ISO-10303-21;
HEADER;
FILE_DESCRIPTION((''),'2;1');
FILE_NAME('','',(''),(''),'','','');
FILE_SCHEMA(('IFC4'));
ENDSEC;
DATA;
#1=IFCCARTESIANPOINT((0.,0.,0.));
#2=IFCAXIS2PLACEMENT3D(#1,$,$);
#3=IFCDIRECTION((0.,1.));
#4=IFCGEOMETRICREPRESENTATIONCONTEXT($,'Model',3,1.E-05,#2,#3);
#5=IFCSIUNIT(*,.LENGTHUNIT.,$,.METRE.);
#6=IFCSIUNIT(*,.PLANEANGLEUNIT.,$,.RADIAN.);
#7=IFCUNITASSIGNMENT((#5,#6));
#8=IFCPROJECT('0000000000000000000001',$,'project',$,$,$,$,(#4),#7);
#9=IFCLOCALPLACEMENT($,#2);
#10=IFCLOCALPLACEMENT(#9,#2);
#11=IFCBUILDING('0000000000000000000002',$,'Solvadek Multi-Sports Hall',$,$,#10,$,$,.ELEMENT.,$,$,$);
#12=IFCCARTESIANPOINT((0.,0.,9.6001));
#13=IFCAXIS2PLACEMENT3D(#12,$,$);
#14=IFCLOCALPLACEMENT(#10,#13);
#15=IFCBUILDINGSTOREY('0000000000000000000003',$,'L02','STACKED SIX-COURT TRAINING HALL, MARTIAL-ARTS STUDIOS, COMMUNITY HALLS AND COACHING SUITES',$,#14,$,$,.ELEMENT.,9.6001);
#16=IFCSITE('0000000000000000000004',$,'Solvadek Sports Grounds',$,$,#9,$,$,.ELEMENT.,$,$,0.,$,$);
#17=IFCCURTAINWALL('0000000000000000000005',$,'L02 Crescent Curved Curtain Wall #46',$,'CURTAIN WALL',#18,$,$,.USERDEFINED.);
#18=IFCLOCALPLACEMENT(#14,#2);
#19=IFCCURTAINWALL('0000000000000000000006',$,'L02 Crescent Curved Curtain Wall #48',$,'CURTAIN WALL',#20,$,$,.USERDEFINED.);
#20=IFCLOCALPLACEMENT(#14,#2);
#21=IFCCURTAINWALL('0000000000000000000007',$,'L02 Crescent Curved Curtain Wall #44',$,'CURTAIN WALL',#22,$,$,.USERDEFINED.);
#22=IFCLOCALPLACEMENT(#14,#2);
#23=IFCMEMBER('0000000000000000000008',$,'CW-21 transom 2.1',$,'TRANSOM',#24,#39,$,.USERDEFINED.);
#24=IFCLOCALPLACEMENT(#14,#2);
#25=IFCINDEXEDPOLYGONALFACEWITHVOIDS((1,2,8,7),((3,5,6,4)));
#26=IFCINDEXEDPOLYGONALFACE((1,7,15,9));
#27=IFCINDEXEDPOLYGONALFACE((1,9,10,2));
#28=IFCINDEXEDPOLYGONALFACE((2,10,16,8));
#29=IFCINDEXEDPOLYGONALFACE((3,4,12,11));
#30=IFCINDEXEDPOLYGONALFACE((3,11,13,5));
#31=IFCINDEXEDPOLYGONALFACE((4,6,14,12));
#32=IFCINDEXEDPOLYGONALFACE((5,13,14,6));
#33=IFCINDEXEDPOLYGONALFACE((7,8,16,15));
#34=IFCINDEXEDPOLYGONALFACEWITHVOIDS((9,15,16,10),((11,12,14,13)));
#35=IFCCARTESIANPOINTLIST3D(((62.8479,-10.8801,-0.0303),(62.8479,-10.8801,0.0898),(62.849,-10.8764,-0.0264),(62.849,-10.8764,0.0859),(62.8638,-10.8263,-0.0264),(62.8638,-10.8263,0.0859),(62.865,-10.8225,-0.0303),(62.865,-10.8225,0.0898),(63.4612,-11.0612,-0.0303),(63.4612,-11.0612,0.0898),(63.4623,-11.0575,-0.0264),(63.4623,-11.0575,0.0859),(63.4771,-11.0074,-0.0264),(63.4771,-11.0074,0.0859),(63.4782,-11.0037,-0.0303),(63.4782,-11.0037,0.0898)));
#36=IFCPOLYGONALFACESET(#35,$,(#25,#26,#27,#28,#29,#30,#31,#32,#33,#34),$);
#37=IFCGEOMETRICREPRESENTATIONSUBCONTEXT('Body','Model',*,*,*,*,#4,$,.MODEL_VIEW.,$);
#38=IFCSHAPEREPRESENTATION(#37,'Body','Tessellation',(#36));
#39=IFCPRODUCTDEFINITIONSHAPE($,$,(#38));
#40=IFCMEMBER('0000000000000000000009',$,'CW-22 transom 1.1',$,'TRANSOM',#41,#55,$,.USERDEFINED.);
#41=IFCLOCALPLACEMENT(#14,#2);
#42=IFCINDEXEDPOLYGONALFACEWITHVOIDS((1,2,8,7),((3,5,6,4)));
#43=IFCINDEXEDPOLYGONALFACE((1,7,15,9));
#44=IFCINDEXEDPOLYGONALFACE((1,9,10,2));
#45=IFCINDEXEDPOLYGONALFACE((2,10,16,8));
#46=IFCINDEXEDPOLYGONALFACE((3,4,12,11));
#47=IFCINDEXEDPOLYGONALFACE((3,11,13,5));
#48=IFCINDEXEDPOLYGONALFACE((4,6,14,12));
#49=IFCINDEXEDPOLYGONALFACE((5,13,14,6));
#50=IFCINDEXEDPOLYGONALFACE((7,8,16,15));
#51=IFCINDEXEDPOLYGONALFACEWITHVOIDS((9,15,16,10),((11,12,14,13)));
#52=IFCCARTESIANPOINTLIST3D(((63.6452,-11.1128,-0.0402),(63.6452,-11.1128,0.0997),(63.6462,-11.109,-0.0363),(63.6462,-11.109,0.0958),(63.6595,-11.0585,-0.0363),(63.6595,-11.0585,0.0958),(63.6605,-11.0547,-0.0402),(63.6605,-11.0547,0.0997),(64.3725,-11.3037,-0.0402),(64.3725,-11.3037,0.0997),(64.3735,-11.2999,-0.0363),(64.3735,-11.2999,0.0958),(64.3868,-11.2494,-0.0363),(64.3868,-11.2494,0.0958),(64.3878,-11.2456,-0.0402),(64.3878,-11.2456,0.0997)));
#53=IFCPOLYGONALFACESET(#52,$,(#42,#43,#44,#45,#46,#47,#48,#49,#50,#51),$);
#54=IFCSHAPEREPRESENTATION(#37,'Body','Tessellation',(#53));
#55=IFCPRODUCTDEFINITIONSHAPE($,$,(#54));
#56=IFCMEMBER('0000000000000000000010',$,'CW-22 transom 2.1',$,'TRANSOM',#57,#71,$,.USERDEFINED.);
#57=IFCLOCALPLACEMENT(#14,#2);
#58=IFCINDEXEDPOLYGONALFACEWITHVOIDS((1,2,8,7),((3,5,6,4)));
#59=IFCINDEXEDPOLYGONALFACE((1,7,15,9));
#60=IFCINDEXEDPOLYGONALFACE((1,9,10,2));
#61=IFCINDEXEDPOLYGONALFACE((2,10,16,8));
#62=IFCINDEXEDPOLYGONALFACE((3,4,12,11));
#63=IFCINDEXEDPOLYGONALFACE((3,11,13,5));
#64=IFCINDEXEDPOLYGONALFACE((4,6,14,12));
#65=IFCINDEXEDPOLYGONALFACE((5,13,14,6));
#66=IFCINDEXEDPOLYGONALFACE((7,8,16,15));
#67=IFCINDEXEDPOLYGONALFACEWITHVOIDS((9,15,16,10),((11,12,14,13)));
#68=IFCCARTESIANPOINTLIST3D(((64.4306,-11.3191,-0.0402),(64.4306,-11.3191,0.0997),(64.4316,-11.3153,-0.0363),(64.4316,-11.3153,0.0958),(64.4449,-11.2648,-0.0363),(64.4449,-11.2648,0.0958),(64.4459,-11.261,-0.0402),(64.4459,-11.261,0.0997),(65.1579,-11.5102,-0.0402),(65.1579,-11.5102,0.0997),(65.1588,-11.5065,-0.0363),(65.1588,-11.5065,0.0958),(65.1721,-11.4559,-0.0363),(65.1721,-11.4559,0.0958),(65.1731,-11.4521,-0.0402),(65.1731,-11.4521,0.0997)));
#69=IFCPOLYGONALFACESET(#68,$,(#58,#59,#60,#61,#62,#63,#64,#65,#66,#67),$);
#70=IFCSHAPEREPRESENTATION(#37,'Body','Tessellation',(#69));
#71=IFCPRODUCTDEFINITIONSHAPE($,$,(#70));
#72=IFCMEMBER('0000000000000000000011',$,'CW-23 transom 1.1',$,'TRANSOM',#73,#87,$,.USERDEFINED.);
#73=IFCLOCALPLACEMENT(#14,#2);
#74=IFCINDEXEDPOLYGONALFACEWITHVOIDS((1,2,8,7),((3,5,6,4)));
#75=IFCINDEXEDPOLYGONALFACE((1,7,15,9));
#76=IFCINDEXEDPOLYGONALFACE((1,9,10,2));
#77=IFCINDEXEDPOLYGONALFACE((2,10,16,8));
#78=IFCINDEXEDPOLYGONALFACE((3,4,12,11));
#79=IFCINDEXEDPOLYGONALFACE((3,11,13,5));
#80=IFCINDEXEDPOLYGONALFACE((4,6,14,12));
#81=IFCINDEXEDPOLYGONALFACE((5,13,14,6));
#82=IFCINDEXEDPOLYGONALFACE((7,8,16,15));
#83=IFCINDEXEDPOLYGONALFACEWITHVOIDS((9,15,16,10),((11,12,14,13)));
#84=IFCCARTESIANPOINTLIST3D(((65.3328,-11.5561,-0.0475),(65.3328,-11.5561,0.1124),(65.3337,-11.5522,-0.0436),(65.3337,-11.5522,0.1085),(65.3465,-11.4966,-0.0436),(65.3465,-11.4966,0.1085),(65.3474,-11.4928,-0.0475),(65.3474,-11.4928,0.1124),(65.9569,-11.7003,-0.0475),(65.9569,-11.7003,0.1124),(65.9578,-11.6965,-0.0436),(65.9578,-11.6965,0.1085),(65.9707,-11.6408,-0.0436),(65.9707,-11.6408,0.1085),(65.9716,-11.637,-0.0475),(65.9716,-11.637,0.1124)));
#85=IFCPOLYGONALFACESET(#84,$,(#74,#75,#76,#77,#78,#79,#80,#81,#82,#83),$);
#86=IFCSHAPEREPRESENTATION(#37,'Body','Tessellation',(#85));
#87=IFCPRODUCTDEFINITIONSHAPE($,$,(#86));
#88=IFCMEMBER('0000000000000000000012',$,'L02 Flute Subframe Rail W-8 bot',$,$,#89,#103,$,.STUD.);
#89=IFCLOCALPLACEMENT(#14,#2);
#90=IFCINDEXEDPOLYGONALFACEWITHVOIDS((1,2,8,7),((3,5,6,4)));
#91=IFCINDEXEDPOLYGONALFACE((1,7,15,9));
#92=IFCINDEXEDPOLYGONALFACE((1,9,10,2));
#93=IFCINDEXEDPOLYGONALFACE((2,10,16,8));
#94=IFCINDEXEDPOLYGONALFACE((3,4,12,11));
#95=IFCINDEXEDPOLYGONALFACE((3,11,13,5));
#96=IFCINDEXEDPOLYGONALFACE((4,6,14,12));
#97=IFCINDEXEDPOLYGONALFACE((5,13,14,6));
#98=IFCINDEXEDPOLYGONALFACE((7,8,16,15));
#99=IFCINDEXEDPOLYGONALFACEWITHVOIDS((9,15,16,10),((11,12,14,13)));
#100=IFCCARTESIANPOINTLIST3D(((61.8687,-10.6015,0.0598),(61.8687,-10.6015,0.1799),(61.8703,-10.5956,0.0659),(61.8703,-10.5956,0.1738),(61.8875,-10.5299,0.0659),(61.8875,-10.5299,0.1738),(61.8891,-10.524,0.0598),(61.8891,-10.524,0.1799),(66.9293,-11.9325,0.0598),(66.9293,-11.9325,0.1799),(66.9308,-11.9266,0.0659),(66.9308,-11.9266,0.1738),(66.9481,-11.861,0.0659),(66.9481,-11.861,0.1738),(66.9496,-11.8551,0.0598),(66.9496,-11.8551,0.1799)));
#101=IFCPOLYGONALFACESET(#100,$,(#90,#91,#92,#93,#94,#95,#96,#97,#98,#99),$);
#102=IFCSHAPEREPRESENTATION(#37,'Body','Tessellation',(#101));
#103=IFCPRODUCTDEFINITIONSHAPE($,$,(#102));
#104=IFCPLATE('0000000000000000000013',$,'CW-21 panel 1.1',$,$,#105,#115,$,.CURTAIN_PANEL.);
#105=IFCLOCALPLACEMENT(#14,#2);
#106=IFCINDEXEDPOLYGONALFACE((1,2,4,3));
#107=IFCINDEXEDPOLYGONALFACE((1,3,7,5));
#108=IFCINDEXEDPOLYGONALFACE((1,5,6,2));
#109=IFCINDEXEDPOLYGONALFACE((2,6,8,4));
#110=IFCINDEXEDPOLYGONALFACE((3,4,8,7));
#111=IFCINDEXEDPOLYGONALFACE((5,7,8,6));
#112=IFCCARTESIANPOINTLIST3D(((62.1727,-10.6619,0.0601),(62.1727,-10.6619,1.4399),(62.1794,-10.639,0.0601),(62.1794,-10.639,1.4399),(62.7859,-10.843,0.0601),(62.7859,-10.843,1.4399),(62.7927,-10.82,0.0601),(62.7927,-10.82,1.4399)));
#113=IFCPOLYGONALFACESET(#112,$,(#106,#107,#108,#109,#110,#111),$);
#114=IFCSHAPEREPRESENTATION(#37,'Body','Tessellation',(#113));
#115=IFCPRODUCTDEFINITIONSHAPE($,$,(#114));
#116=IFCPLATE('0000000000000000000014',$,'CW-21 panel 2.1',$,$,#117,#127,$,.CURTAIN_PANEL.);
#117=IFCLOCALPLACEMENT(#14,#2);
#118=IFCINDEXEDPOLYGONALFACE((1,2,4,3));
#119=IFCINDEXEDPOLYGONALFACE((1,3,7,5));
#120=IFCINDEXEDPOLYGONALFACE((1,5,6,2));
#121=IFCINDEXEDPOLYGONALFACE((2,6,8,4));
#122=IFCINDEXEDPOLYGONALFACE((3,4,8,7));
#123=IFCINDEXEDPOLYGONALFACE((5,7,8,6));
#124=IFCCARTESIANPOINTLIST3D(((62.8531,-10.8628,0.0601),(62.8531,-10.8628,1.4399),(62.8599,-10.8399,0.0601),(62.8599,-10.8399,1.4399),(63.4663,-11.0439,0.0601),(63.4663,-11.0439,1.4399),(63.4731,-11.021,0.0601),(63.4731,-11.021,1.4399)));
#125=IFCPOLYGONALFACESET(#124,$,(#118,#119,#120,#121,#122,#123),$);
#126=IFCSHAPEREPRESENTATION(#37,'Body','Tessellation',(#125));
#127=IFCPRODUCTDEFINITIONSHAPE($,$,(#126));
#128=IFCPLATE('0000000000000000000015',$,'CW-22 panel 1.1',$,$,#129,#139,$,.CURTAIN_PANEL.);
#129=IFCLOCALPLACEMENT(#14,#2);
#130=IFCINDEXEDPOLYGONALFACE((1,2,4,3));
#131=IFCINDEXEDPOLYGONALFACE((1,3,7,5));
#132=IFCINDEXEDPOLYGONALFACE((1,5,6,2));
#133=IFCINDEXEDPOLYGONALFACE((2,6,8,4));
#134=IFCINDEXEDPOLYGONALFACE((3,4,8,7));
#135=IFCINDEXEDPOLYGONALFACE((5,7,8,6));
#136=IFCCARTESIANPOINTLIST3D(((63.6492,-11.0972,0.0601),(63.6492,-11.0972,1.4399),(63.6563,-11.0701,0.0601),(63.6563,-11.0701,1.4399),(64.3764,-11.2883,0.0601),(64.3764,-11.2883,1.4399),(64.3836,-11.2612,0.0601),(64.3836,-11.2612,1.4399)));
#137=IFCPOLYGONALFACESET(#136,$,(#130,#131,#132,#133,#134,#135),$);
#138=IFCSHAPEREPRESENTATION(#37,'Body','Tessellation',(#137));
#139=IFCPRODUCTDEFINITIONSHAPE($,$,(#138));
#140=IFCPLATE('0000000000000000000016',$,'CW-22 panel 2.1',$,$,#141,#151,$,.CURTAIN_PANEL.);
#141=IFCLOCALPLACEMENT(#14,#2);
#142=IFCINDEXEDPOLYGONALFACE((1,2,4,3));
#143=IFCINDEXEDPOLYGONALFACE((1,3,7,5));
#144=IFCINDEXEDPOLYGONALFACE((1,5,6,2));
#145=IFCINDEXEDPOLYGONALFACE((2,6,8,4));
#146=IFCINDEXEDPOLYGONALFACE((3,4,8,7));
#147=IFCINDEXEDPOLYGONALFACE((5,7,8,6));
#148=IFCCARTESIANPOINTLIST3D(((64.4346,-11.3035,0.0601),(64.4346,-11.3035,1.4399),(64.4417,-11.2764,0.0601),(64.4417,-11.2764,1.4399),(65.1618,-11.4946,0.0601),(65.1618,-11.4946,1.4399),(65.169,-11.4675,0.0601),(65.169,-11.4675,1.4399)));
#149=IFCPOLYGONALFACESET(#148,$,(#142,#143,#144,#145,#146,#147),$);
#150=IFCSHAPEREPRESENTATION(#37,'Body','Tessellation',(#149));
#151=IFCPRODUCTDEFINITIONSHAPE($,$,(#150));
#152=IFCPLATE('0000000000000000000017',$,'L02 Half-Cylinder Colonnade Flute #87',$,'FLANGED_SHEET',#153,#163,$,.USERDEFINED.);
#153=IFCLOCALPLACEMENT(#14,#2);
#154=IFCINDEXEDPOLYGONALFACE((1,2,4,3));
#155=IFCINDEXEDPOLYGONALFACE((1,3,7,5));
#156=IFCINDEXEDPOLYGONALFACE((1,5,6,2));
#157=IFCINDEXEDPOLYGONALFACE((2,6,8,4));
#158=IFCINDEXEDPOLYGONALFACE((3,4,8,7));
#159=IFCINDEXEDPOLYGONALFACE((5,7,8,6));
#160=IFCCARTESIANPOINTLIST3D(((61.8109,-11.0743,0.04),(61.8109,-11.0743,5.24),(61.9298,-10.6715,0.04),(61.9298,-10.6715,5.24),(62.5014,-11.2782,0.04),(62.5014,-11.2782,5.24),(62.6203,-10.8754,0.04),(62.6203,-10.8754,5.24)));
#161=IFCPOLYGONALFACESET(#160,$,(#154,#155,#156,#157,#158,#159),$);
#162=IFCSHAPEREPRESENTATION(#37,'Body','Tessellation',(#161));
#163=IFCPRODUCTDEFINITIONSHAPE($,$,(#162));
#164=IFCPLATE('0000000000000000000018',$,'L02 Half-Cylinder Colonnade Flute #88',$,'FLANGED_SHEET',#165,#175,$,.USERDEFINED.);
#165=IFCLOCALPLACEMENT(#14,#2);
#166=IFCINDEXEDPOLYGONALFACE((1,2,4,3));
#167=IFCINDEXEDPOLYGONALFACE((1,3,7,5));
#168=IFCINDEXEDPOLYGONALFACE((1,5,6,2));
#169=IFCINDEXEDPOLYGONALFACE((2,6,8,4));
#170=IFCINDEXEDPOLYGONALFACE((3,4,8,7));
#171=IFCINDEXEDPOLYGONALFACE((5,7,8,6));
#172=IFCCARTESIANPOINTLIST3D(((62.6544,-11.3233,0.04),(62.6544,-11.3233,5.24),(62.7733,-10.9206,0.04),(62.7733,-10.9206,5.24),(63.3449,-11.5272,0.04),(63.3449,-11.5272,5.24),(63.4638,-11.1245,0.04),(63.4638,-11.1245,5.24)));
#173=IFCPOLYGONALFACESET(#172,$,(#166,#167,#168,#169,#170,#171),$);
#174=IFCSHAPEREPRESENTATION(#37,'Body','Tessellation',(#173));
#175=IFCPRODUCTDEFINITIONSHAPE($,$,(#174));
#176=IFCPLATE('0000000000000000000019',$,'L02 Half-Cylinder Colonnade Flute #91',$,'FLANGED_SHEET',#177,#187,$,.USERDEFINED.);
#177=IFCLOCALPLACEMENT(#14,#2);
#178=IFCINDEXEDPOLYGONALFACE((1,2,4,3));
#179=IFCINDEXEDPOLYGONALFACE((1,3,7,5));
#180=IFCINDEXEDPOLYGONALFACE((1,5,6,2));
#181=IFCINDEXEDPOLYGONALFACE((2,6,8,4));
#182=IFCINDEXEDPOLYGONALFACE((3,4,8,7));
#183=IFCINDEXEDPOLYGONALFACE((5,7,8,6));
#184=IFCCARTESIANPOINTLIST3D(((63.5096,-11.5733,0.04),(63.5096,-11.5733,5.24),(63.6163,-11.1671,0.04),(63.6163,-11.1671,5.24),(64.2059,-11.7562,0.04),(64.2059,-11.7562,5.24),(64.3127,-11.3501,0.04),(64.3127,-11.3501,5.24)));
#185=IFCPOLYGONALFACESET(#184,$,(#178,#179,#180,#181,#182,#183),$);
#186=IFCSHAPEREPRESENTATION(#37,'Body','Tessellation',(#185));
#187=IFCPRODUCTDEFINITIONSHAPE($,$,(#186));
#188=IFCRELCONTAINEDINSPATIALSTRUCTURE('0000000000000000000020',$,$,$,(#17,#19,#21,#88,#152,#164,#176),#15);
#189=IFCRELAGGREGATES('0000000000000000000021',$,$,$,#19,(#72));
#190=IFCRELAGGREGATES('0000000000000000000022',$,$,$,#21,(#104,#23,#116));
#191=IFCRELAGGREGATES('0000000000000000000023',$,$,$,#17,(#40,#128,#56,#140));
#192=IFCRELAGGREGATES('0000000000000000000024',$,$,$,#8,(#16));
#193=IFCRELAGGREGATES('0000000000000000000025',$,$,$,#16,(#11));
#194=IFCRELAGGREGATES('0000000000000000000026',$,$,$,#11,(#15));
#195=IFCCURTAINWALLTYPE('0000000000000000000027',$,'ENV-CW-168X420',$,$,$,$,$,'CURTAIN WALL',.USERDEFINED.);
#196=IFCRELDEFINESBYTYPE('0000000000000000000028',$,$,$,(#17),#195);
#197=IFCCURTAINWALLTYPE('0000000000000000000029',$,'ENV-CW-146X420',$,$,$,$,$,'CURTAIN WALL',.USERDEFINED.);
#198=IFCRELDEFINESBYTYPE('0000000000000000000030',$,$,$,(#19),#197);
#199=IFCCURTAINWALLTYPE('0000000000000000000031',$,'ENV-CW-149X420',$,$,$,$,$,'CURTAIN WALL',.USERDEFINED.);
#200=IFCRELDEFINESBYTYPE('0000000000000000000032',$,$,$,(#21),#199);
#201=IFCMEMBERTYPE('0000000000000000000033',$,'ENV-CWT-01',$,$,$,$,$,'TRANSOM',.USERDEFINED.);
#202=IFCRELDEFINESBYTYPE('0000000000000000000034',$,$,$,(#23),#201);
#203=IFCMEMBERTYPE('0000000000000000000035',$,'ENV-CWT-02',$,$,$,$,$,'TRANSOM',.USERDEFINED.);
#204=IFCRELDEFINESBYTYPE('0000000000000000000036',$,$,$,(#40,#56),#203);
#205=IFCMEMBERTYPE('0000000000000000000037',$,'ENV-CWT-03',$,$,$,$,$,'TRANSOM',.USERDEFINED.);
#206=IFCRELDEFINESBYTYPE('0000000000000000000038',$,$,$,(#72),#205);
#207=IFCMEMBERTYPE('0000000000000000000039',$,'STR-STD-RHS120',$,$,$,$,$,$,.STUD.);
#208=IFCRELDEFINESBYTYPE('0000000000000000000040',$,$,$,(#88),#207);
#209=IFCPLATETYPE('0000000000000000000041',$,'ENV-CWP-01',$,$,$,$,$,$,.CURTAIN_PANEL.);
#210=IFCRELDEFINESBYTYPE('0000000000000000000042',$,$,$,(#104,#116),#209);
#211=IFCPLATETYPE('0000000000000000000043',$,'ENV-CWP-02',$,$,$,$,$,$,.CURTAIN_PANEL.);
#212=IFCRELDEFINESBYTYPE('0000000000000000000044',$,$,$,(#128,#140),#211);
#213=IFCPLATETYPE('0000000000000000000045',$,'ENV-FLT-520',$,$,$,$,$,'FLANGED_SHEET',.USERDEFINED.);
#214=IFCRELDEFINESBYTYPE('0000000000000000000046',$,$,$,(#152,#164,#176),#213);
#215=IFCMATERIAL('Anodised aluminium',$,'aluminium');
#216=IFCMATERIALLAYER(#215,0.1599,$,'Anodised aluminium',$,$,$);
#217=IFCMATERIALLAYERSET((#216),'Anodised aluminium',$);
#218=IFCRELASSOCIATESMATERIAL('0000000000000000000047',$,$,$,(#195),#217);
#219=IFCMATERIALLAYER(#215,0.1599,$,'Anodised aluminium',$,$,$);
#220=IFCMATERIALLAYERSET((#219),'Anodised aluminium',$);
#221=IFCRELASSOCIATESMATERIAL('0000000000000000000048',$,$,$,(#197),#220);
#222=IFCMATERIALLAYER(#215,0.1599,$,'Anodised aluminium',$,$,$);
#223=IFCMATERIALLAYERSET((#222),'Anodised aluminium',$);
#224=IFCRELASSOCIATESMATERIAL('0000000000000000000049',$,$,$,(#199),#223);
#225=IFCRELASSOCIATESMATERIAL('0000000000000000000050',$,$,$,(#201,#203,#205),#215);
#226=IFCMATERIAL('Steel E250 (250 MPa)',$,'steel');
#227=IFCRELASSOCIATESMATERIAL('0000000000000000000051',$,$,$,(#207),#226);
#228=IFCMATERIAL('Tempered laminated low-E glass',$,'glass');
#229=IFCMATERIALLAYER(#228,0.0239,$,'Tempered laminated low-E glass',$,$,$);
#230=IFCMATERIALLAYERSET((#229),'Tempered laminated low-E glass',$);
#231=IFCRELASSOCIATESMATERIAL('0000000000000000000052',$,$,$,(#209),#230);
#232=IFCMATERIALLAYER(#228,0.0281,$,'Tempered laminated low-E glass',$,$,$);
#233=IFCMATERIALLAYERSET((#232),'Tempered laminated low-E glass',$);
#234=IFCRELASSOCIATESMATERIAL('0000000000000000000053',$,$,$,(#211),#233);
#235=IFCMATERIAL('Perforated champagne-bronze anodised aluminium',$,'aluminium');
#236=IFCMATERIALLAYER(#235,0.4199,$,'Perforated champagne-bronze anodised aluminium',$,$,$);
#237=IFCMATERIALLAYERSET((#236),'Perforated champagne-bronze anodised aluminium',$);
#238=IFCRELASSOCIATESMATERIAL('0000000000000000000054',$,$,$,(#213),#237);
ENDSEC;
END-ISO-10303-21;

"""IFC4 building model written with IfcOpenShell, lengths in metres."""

from ifc_helpers import new_model, si_unit, direction, frame, origin, origin_2d, place, context, subcontext, project, spatial, rectangle, hollow_rectangle, extrude, material, layer, layer_set, material_profile, profile_set, type_object, element, aggregate, save


model = new_model("IFC4")

# Units and contexts
model_context = context("Model", 3, precision=1e-05, world=origin(), true_north=direction((0.0, 1.0)))
body_context = subcontext(model_context, "Body", "Model", "MODEL_VIEW")
ifc_project = project(units=[si_unit("LENGTHUNIT", "METRE"), si_unit("PLANEANGLEUNIT", "RADIAN")], contexts=[model_context])

# Site, building, storey
site_placement = place(None, origin())
site = spatial("IfcSite", under=ifc_project, at=site_placement, Name="Solvadek Sports Grounds", CompositionType="ELEMENT", RefElevation=0.0)
building_placement = place(site_placement, origin())
building = spatial("IfcBuilding", under=site, at=building_placement, Name="Solvadek Multi-Sports Hall", CompositionType="ELEMENT")
storey_placement = place(building_placement, frame((0.0, 0.0, 9.6001)))
storey = spatial("IfcBuildingStorey", under=building, at=storey_placement, Name="L02", Description="STACKED SIX-COURT TRAINING HALL, MARTIAL-ARTS STUDIOS, COMMUNITY HALLS AND COACHING SUITES", CompositionType="ELEMENT", Elevation=9.6001)

# Curtain wall
ifc_material_1 = material(Name="Anodised aluminium", Category="aluminium")
ifc_layer_1 = layer(ifc_material_1, 0.1599, Name="Anodised aluminium")
ifc_layer_set_1 = layer_set([ifc_layer_1], Name="Anodised aluminium")
curtain_wall_type_1 = type_object("IfcCurtainWallType", Name="ENV-CW-168X420", ElementType="CURTAIN WALL", PredefinedType="USERDEFINED", material=ifc_layer_set_1)
curtain_wall_1_placement = place(storey_placement, origin())
curtain_wall_1 = element("IfcCurtainWall", 1, at=curtain_wall_1_placement, inside=storey, type_object=curtain_wall_type_1, Name="L02 Crescent Curved Curtain Wall #46", ObjectType="CURTAIN WALL", PredefinedType="USERDEFINED")

# Curtain wall
ifc_layer_2 = layer(ifc_material_1, 0.1599, Name="Anodised aluminium")
ifc_layer_set_2 = layer_set([ifc_layer_2], Name="Anodised aluminium")
curtain_wall_type_2 = type_object("IfcCurtainWallType", Name="ENV-CW-146X420", ElementType="CURTAIN WALL", PredefinedType="USERDEFINED", material=ifc_layer_set_2)
curtain_wall_2_placement = place(storey_placement, origin())
curtain_wall_2 = element("IfcCurtainWall", 2, at=curtain_wall_2_placement, inside=storey, type_object=curtain_wall_type_2, Name="L02 Crescent Curved Curtain Wall #48", ObjectType="CURTAIN WALL", PredefinedType="USERDEFINED")

# Curtain wall, member
ifc_layer_3 = layer(ifc_material_1, 0.1599, Name="Anodised aluminium")
ifc_layer_set_3 = layer_set([ifc_layer_3], Name="Anodised aluminium")
curtain_wall_type_3 = type_object("IfcCurtainWallType", Name="ENV-CW-149X420", ElementType="CURTAIN WALL", PredefinedType="USERDEFINED", material=ifc_layer_set_3)
curtain_wall_3_placement = place(storey_placement, origin())
curtain_wall_3 = element("IfcCurtainWall", 3, at=curtain_wall_3_placement, inside=storey, type_object=curtain_wall_type_3, Name="L02 Crescent Curved Curtain Wall #44", ObjectType="CURTAIN WALL", PredefinedType="USERDEFINED")
ifc_material_profile_1 = material_profile(ifc_material_1, hollow_rectangle(XDim=0.0601, YDim=0.1201, WallThickness=0.0039, at=origin_2d()), Name="ALU-T 120x60x4")
ifc_profile_set_1 = profile_set([ifc_material_profile_1], Name="Anodised aluminium")
member_type_1 = type_object("IfcMemberType", Name="ENV-CWT-01", ElementType="TRANSOM", PredefinedType="USERDEFINED", material=ifc_profile_set_1)
member_1_placement = place(storey_placement, frame((62.8564, -10.8513, 0.0298), z_axis=(0.959037, -0.283282, 0.0), x_axis=(0.283282, 0.959037, 0.0)))
member_1 = element("IfcMember", 4, at=member_1_placement, type_object=member_type_1, Name="CW-21 transom 2.1", ObjectType="TRANSOM", PredefinedType="USERDEFINED", context=body_context, shape_type="SweptSolid", body=[
    extrude(hollow_rectangle(XDim=0.0601, YDim=0.1201, WallThickness=0.0039, at=origin_2d()), origin(), (0.0, 0.0, 1.0), 0.6394),
])

# Members
ifc_material_profile_2 = material_profile(ifc_material_1, hollow_rectangle(XDim=0.0601, YDim=0.1399, WallThickness=0.0039, at=origin_2d()), Name="ALU-T 140x60x4")
ifc_profile_set_2 = profile_set([ifc_material_profile_2], Name="Anodised aluminium")
member_type_2 = type_object("IfcMemberType", Name="ENV-CWT-02", ElementType="TRANSOM", PredefinedType="USERDEFINED", material=ifc_profile_set_2)
member_2_placement = place(storey_placement, frame((63.6528, -11.0837, 0.0298), z_axis=(0.96723, -0.253902, 0.0), x_axis=(0.253902, 0.96723, 0.0)))
member_2 = element("IfcMember", 5, at=member_2_placement, type_object=member_type_2, Name="CW-22 transom 1.1", ObjectType="TRANSOM", PredefinedType="USERDEFINED", context=body_context, shape_type="SweptSolid", body=[
    extrude(hollow_rectangle(XDim=0.0601, YDim=0.1399, WallThickness=0.0039, at=origin_2d()), origin(), (0.0, 0.0, 1.0), 0.752),
])
member_3_placement = place(storey_placement, frame((64.4382, -11.29, 0.0298), z_axis=(0.96715, -0.254206, 0.0), x_axis=(0.254206, 0.96715, 0.0)))
member_3 = element("IfcMember", 6, at=member_3_placement, type_object=member_type_2, Name="CW-22 transom 2.1", ObjectType="TRANSOM", PredefinedType="USERDEFINED", context=body_context, shape_type="SweptSolid", body=[
    extrude(hollow_rectangle(XDim=0.0601, YDim=0.1399, WallThickness=0.0039, at=origin_2d()), origin(), (0.0, 0.0, 1.0), 0.752),
])
ifc_material_profile_3 = material_profile(ifc_material_1, hollow_rectangle(XDim=0.0649, YDim=0.1599, WallThickness=0.0039, at=origin_2d()), Name="ALU-T 160x65x4")
ifc_profile_set_3 = profile_set([ifc_material_profile_3], Name="Anodised aluminium")
member_type_3 = type_object("IfcMemberType", Name="ENV-CWT-03", ElementType="TRANSOM", PredefinedType="USERDEFINED", material=ifc_profile_set_3)
member_4_placement = place(storey_placement, frame((65.3401, -11.5244, 0.0325), z_axis=(0.974314, -0.225193, 0.0), x_axis=(0.225193, 0.974314, 0.0)))
member_4 = element("IfcMember", 7, at=member_4_placement, type_object=member_type_3, Name="CW-23 transom 1.1", ObjectType="TRANSOM", PredefinedType="USERDEFINED", context=body_context, shape_type="SweptSolid", body=[
    extrude(hollow_rectangle(XDim=0.0649, YDim=0.1599, WallThickness=0.0039, at=origin_2d()), origin(), (0.0, 0.0, 1.0), 0.6406),
])
aggregate(curtain_wall_2, [member_4])
ifc_material_2 = material(Name="Steel E250 (250 MPa)", Category="steel")
ifc_material_profile_4 = material_profile(ifc_material_2, hollow_rectangle(XDim=0.0801, YDim=0.1201, WallThickness=0.0061, at=origin_2d()), Name="RHS 120x80x6")
ifc_profile_set_4 = profile_set([ifc_material_profile_4], Name="Steel E250 (250 MPa)")
member_type_4 = type_object("IfcMemberType", Name="STR-STD-RHS120", PredefinedType="STUD", material=ifc_profile_set_4)
member_5_placement = place(storey_placement, frame((61.8789, -10.5627, 0.1199), z_axis=(0.967106, -0.254374, 0.0), x_axis=(0.254374, 0.967106, 0.0)))
element("IfcMember", 8, at=member_5_placement, inside=storey, type_object=member_type_4, Name="L02 Flute Subframe Rail W-8 bot", PredefinedType="STUD", context=body_context, shape_type="SweptSolid", body=[
    extrude(hollow_rectangle(XDim=0.0801, YDim=0.1201, WallThickness=0.0061, at=origin_2d()), origin(), (0.0, 0.0, 1.0), 5.2327),
])

# Plates
ifc_material_3 = material(Name="Tempered laminated low-E glass", Category="glass")
ifc_layer_4 = layer(ifc_material_3, 0.0239, Name="Tempered laminated low-E glass")
ifc_layer_set_4 = layer_set([ifc_layer_4], Name="Tempered laminated low-E glass")
plate_type_1 = type_object("IfcPlateType", Name="ENV-CWP-01", PredefinedType="CURTAIN_PANEL", material=ifc_layer_set_4)
plate_1_placement = place(storey_placement, frame((62.4827, -10.741, 0.0601), z_axis=(0.0, 0.0, 1.0), x_axis=(0.959069, -0.283173, 0.0)))
plate_1 = element("IfcPlate", 9, at=plate_1_placement, type_object=plate_type_1, Name="CW-21 panel 1.1", PredefinedType="CURTAIN_PANEL", context=body_context, shape_type="SweptSolid", body=[
    extrude(rectangle(XDim=0.6394, YDim=0.0239, at=origin_2d()), origin(), (0.0, 0.0, 1.0), 1.3799),
])
plate_2_placement = place(storey_placement, frame((63.1631, -10.9419, 0.0601), z_axis=(0.0, 0.0, 1.0), x_axis=(0.959069, -0.283173, 0.0)))
plate_2 = element("IfcPlate", 10, at=plate_2_placement, type_object=plate_type_1, Name="CW-21 panel 2.1", PredefinedType="CURTAIN_PANEL", context=body_context, shape_type="SweptSolid", body=[
    extrude(rectangle(XDim=0.6394, YDim=0.0239, at=origin_2d()), origin(), (0.0, 0.0, 1.0), 1.3799),
])
aggregate(curtain_wall_3, [plate_1, member_1, plate_2])
ifc_layer_5 = layer(ifc_material_3, 0.0281, Name="Tempered laminated low-E glass")
ifc_layer_set_5 = layer_set([ifc_layer_5], Name="Tempered laminated low-E glass")
plate_type_2 = type_object("IfcPlateType", Name="ENV-CWP-02", PredefinedType="CURTAIN_PANEL", material=ifc_layer_set_5)
plate_3_placement = place(storey_placement, frame((64.0164, -11.1792, 0.0601), z_axis=(0.0, 0.0, 1.0), x_axis=(0.967167, -0.254143, 0.0)))
plate_3 = element("IfcPlate", 11, at=plate_3_placement, type_object=plate_type_2, Name="CW-22 panel 1.1", PredefinedType="CURTAIN_PANEL", context=body_context, shape_type="SweptSolid", body=[
    extrude(rectangle(XDim=0.752, YDim=0.0281, at=origin_2d()), origin(), (0.0, 0.0, 1.0), 1.3799),
])
plate_4_placement = place(storey_placement, frame((64.8018, -11.3855, 0.0601), z_axis=(0.0, 0.0, 1.0), x_axis=(0.967167, -0.254143, 0.0)))
plate_4 = element("IfcPlate", 12, at=plate_4_placement, type_object=plate_type_2, Name="CW-22 panel 2.1", PredefinedType="CURTAIN_PANEL", context=body_context, shape_type="SweptSolid", body=[
    extrude(rectangle(XDim=0.752, YDim=0.0281, at=origin_2d()), origin(), (0.0, 0.0, 1.0), 1.3799),
])
aggregate(curtain_wall_1, [member_2, plate_3, member_3, plate_4])

# Plates
ifc_material_4 = material(Name="Perforated champagne-bronze anodised aluminium", Category="aluminium")
ifc_layer_6 = layer(ifc_material_4, 0.4199, Name="Perforated champagne-bronze anodised aluminium")
ifc_layer_set_6 = layer_set([ifc_layer_6], Name="Perforated champagne-bronze anodised aluminium")
plate_type_3 = type_object("IfcPlateType", Name="ENV-FLT-520", ElementType="FLANGED_SHEET", PredefinedType="USERDEFINED", material=ifc_layer_set_6)
for number, where, z_axis, x_axis, name in (
    (13, (62.2156, -10.9749, 0.04), (0.0, 0.0, 1.0), (0.959064, -0.283188, 0.0), "L02 Half-Cylinder Colonnade Flute #87"),
    (14, (63.0591, -11.2239, 0.04), (0.0, 0.0, 1.0), (0.959064, -0.283188, 0.0), "L02 Half-Cylinder Colonnade Flute #88"),
    (15, (63.9111, -11.4617, 0.04), (0.0, 0.0, 1.0), (0.967173, -0.254121, 0.0), "L02 Half-Cylinder Colonnade Flute #91"),
):
    element("IfcPlate", number, at=place(storey_placement, frame(where, z_axis=z_axis, x_axis=x_axis)), inside=storey, type_object=plate_type_3, Name=name, ObjectType="FLANGED_SHEET", PredefinedType="USERDEFINED", context=body_context, shape_type="SweptSolid", body=[
        extrude(rectangle(XDim=0.72, YDim=0.4199, at=origin_2d()), origin(), (0.0, 0.0, 1.0), 5.2),
    ])

save(model, "model.ifc")
